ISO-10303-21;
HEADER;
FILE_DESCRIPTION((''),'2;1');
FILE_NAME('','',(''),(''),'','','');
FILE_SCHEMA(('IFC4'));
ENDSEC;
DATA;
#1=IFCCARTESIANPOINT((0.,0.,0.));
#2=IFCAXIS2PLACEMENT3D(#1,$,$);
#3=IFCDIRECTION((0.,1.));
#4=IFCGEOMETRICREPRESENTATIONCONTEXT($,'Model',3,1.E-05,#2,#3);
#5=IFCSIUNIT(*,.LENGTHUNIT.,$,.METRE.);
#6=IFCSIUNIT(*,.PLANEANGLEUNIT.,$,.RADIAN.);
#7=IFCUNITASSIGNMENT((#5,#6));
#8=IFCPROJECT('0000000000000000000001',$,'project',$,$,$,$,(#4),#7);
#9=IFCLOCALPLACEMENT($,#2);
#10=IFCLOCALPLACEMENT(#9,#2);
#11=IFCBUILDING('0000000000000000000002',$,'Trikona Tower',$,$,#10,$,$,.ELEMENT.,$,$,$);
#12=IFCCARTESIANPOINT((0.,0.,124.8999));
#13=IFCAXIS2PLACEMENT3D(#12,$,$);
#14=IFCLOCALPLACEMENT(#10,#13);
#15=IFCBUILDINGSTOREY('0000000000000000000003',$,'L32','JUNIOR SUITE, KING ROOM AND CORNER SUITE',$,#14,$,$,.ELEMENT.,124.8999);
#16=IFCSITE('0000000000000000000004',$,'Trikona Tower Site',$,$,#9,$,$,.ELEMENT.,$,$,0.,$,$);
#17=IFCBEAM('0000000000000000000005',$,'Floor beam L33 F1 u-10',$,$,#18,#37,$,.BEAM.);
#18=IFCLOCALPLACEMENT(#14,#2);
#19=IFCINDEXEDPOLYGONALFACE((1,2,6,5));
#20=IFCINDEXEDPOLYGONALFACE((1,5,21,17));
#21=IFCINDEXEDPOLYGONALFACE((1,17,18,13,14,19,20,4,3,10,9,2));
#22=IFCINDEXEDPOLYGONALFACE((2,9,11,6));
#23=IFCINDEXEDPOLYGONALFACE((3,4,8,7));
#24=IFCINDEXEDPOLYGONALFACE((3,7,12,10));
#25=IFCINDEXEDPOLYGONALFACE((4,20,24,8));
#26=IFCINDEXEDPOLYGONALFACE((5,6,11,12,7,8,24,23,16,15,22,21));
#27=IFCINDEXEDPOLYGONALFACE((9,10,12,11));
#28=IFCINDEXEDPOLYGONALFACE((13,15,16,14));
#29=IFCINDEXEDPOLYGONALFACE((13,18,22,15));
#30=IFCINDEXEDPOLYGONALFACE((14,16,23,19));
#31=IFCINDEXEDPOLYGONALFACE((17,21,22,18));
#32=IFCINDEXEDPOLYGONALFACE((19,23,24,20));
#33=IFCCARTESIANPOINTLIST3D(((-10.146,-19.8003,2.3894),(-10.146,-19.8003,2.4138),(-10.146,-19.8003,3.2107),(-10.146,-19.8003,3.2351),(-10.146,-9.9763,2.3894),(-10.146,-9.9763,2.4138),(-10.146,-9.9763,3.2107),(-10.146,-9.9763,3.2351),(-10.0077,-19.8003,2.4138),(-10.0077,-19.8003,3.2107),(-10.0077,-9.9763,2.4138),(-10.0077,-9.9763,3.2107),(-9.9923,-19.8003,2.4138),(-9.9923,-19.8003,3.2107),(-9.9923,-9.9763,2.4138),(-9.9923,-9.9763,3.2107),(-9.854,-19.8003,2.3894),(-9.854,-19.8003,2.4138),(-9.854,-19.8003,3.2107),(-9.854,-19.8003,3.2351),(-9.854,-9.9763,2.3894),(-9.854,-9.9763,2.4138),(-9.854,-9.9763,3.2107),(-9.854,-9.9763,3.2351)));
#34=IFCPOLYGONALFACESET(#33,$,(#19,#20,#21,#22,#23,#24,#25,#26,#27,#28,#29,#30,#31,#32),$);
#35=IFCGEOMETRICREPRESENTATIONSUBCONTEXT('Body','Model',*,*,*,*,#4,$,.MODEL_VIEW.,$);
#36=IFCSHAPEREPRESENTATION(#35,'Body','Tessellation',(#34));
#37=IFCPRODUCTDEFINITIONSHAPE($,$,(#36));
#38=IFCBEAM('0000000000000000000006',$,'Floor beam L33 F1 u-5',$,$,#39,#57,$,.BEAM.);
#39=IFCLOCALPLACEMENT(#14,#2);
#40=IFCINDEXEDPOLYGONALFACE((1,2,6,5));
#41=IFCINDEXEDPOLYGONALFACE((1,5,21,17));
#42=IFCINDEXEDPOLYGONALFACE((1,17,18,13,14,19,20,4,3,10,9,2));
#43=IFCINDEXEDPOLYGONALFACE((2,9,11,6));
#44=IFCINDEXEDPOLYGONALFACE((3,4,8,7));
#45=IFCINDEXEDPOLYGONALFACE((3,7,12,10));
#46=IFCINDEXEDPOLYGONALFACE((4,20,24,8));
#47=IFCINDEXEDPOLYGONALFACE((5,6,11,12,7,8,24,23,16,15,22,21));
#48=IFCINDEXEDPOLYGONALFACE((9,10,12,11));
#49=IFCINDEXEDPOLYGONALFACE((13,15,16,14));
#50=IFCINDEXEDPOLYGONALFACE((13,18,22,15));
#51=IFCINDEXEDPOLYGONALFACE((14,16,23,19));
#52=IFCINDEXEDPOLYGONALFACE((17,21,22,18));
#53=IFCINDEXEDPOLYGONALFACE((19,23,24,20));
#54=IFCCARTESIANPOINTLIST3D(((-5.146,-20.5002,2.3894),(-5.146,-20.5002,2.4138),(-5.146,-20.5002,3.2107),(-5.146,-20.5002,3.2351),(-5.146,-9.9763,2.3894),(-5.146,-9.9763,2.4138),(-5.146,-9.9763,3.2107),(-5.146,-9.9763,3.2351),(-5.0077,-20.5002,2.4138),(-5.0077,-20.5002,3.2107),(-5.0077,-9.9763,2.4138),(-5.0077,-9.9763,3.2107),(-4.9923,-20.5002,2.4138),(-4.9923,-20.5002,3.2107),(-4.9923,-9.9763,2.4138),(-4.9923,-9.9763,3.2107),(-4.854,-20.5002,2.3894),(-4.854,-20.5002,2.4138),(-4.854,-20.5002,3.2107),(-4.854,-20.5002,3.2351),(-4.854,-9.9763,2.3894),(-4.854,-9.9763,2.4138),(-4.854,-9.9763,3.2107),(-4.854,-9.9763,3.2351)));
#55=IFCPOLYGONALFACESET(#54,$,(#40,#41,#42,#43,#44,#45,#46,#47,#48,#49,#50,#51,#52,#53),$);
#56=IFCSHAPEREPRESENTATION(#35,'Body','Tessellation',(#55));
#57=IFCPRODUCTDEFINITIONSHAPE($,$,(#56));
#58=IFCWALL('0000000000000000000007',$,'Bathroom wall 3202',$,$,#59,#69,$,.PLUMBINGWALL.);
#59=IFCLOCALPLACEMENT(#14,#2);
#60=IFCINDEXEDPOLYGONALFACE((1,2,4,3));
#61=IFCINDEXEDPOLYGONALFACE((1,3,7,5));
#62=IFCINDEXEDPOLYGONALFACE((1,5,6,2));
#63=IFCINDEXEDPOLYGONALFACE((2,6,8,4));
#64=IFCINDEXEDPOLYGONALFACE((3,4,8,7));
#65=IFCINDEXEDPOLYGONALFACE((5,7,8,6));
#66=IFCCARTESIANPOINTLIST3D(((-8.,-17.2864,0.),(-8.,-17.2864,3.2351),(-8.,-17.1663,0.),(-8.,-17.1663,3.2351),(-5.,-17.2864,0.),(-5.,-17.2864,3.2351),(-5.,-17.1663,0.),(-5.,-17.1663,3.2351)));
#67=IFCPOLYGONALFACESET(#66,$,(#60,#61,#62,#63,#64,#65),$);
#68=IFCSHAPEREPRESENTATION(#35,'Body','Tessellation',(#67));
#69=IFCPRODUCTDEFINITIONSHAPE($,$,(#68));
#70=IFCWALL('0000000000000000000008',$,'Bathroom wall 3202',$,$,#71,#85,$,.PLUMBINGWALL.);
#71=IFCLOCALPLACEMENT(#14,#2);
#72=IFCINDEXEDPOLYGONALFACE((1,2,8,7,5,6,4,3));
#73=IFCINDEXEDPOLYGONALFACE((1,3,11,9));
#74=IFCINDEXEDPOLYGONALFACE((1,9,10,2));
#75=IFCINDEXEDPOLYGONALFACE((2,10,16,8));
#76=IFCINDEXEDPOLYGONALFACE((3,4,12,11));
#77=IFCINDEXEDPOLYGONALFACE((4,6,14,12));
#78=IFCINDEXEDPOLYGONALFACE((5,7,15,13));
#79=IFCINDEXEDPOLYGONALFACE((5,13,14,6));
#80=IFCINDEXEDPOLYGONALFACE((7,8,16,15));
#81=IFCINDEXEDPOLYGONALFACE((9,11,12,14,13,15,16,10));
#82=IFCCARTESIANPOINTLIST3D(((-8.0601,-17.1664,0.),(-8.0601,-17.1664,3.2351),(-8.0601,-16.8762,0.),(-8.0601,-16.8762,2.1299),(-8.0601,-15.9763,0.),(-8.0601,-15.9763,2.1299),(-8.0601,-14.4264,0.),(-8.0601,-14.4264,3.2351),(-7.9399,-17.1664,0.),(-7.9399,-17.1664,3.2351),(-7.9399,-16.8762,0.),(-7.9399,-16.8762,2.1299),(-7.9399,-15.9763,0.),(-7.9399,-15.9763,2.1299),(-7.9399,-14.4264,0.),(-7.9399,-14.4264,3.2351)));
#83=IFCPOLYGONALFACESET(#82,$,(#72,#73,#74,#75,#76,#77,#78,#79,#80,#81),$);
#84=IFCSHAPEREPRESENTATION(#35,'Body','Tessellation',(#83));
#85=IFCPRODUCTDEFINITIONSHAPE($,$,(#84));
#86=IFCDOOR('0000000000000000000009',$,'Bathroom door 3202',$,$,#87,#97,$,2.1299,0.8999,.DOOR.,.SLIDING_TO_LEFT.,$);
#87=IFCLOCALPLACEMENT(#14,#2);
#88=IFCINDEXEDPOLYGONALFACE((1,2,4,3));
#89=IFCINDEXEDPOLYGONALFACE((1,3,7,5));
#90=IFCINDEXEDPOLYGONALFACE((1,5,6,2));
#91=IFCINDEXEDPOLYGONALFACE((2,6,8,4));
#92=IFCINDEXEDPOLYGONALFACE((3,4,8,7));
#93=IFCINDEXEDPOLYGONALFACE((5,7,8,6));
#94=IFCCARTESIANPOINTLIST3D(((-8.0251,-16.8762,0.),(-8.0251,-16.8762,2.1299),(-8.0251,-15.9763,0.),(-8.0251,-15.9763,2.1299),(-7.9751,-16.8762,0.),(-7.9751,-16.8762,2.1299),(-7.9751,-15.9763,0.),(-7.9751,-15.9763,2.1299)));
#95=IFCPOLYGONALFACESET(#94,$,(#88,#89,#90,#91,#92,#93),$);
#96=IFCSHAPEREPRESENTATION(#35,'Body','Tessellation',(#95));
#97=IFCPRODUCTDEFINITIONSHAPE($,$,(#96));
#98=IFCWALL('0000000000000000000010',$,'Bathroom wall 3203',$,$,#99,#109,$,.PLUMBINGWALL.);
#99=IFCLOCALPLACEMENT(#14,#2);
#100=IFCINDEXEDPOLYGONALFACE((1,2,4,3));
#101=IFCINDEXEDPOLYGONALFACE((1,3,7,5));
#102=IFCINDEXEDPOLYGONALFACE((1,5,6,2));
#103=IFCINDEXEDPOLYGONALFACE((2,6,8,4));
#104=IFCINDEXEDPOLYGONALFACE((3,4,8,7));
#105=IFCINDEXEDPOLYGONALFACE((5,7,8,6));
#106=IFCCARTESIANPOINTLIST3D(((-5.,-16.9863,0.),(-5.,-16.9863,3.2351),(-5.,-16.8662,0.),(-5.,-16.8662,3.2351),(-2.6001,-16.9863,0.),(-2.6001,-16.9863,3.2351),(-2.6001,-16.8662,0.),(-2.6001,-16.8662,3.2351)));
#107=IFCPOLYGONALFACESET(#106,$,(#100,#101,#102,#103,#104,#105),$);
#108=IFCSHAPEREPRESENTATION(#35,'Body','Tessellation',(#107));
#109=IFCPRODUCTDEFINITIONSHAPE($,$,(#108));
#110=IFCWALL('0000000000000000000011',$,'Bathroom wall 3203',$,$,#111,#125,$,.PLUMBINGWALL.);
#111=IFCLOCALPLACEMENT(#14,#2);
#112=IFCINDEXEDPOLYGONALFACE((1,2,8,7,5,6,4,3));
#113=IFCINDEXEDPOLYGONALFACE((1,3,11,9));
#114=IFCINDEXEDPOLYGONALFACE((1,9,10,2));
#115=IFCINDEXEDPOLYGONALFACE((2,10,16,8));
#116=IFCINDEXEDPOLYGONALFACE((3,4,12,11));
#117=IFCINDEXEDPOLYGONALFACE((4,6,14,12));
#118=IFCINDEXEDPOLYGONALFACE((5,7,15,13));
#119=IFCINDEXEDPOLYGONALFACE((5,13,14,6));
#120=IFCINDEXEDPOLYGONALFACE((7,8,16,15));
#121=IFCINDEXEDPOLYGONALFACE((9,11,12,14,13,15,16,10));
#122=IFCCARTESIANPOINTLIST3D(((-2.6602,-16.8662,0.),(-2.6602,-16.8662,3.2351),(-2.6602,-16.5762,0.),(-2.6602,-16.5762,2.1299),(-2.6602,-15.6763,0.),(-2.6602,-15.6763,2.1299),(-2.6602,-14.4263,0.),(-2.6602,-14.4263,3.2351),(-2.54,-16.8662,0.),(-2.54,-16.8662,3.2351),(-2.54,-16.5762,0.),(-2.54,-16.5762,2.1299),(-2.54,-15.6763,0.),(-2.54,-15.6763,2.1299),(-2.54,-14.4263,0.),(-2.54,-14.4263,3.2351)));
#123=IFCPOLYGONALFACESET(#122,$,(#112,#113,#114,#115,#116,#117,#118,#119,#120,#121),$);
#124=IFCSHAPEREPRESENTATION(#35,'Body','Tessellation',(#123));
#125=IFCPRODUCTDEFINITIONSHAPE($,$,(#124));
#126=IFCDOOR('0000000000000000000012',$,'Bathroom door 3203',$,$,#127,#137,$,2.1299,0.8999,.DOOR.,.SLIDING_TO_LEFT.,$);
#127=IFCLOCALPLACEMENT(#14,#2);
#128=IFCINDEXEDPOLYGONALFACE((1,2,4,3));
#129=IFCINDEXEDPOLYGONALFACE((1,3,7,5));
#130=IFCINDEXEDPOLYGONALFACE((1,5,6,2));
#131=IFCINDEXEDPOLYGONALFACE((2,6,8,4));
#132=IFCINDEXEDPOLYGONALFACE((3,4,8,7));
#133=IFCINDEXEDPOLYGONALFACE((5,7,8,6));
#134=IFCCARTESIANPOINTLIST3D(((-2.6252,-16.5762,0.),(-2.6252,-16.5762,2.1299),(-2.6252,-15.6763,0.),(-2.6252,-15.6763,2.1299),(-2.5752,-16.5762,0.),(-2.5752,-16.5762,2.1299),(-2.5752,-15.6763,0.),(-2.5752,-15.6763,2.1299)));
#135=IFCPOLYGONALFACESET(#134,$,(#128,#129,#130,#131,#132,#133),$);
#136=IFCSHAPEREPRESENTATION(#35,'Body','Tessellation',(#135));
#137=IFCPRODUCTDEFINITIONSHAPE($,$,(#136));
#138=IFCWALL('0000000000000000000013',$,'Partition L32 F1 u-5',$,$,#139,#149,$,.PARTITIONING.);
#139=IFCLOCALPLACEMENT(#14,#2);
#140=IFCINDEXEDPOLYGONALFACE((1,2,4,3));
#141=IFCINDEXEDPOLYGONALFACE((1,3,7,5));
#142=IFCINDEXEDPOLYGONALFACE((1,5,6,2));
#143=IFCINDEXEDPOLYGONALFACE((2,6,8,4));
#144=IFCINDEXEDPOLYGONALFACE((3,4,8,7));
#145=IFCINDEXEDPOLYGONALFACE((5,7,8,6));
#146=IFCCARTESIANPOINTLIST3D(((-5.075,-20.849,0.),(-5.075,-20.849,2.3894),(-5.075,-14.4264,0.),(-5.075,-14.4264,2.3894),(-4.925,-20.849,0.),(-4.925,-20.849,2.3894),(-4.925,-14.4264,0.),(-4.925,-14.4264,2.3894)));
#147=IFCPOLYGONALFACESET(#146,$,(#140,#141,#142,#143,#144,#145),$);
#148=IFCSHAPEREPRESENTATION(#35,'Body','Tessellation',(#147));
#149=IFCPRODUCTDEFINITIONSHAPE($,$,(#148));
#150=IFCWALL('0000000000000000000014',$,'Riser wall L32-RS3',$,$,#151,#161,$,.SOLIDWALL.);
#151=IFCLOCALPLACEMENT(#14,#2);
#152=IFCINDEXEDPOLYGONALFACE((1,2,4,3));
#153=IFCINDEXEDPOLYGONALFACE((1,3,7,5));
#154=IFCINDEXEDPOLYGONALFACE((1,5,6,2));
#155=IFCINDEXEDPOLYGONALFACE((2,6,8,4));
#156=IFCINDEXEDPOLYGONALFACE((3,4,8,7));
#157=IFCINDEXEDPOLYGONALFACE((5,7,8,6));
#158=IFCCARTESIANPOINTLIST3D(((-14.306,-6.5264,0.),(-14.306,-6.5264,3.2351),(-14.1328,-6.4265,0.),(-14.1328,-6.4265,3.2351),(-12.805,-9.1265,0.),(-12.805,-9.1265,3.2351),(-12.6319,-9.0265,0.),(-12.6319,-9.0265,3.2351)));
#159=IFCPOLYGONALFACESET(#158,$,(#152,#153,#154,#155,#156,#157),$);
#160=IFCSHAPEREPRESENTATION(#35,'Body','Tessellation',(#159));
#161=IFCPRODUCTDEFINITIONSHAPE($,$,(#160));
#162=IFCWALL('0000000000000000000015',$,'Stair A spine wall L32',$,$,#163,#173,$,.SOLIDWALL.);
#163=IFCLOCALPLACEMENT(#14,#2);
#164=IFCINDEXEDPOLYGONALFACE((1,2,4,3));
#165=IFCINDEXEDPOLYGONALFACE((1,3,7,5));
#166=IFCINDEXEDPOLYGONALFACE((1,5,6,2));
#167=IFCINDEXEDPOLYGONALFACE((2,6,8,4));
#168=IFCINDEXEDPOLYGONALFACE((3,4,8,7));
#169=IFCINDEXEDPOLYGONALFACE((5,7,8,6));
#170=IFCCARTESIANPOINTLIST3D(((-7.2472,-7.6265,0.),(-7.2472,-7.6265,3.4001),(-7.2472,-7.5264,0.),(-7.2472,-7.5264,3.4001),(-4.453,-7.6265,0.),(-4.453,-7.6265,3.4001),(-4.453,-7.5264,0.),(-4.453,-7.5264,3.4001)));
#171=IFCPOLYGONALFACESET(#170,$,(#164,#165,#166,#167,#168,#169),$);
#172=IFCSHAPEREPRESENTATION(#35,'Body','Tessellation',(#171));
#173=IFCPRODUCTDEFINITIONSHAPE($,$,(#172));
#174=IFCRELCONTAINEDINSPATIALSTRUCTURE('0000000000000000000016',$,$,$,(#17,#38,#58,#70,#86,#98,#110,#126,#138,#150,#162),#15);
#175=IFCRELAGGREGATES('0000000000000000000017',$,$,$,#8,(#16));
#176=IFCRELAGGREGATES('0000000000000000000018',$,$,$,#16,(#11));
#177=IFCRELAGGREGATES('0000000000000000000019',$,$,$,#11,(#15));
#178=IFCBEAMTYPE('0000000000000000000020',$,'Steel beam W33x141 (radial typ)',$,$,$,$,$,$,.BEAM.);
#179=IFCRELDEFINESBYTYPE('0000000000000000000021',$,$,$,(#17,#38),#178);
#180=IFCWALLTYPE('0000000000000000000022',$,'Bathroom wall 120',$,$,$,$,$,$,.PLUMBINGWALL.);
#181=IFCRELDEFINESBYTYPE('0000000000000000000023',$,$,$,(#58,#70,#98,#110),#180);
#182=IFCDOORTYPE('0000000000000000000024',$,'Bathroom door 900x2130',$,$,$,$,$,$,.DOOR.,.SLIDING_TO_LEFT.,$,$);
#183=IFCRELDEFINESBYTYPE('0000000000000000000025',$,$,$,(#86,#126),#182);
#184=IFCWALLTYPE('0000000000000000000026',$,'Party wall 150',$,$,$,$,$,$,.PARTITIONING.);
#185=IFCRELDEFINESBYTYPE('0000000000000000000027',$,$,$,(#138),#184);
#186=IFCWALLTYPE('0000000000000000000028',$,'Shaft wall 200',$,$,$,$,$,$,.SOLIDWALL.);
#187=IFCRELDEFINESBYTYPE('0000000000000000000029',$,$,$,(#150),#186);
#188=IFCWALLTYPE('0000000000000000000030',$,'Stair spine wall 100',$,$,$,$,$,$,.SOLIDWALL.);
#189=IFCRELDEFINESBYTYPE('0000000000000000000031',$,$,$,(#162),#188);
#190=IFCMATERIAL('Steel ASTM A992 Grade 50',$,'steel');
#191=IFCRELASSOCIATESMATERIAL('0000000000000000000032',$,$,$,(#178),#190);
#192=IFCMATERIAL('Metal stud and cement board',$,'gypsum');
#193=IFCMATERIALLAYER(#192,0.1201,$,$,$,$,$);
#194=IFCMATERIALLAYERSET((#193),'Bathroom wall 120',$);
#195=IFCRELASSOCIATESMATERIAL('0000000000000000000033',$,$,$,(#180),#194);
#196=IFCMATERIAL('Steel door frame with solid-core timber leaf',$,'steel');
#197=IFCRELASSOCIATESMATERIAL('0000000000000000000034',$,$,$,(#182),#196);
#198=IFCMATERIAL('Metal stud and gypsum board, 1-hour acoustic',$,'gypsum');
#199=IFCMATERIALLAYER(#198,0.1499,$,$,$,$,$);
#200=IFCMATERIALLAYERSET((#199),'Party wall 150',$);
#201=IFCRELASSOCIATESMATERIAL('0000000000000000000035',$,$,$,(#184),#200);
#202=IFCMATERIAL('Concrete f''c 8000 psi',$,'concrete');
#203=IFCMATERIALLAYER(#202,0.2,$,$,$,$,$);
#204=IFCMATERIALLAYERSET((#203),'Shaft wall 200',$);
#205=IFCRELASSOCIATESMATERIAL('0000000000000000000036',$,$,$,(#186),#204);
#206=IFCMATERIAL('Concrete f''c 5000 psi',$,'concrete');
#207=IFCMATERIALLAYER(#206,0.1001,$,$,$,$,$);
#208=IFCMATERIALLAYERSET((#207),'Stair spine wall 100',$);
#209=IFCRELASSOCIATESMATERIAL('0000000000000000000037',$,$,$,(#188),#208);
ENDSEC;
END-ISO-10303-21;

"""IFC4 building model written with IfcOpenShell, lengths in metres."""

from ifc_helpers import new_model, si_unit, direction, frame, frame_2d, origin, origin_2d, place, context, subcontext, project, spatial, rectangle, i_section, extrude, material, layer, layer_set, material_profile, profile_set, type_object, element, fill, save


model = new_model("IFC4")

# Units and contexts
model_context = context("Model", 3, precision=1e-05, world=origin(), true_north=direction((0.0, 1.0)))
body_context = subcontext(model_context, "Body", "Model", "MODEL_VIEW")
ifc_project = project(units=[si_unit("LENGTHUNIT", "METRE"), si_unit("PLANEANGLEUNIT", "RADIAN")], contexts=[model_context])

# Site, building, storey
site_placement = place(None, origin())
site = spatial("IfcSite", under=ifc_project, at=site_placement, Name="Trikona Tower Site", CompositionType="ELEMENT", RefElevation=0.0)
building_placement = place(site_placement, origin())
building = spatial("IfcBuilding", under=site, at=building_placement, Name="Trikona Tower", CompositionType="ELEMENT")
storey_placement = place(building_placement, frame((0.0, 0.0, 124.8999)))
storey = spatial("IfcBuildingStorey", under=building, at=storey_placement, Name="L32", Description="JUNIOR SUITE, KING ROOM AND CORNER SUITE", CompositionType="ELEMENT", Elevation=124.8999)

# Beams
ifc_material_1 = material(Name="Steel ASTM A992 Grade 50", Category="steel")
ifc_material_profile = material_profile(ifc_material_1, i_section(OverallWidth=0.292, OverallDepth=0.8457, WebThickness=0.0154, FlangeThickness=0.0244, at=origin_2d()), Name="W33X141")
ifc_profile_set = profile_set([ifc_material_profile], Name="Steel ASTM A992 Grade 50")
beam_type = type_object("IfcBeamType", Name="Steel beam W33x141 (radial typ)", PredefinedType="BEAM", material=ifc_profile_set)
beam_1_placement = place(storey_placement, frame((-10.0, -9.9763, 2.8123), z_axis=(0.0, -1.0, 0.0), x_axis=(1.0, 0.0, 0.0)))
element("IfcBeam", 1, at=beam_1_placement, inside=storey, type_object=beam_type, Name="Floor beam L33 F1 u-10", PredefinedType="BEAM", context=body_context, shape_type="SweptSolid", body=[
    extrude(i_section(OverallWidth=0.292, OverallDepth=0.8457, WebThickness=0.0154, FlangeThickness=0.0244, at=origin_2d()), origin(), (0.0, 0.0, 1.0), 9.824),
])
beam_2_placement = place(storey_placement, frame((-5.0, -9.9763, 2.8123), z_axis=(0.0, -1.0, 0.0), x_axis=(1.0, 0.0, 0.0)))
element("IfcBeam", 2, at=beam_2_placement, inside=storey, type_object=beam_type, Name="Floor beam L33 F1 u-5", PredefinedType="BEAM", context=body_context, shape_type="SweptSolid", body=[
    extrude(i_section(OverallWidth=0.292, OverallDepth=0.8457, WebThickness=0.0154, FlangeThickness=0.0244, at=origin_2d()), origin(), (0.0, 0.0, 1.0), 10.5239),
])

# Wall
ifc_material_2 = material(Name="Metal stud and cement board", Category="gypsum")
ifc_layer_1 = layer(ifc_material_2, 0.1201)
ifc_layer_set_1 = layer_set([ifc_layer_1], Name="Bathroom wall 120")
wall_type_1 = type_object("IfcWallType", Name="Bathroom wall 120", PredefinedType="PLUMBINGWALL", material=ifc_layer_set_1)
wall_1_placement = place(storey_placement, frame((-8.0, -17.2263, 0.0), z_axis=(0.0, 0.0, 1.0), x_axis=(1.0, 0.0, 0.0)))
element("IfcWall", 3, at=wall_1_placement, inside=storey, type_object=wall_type_1, Name="Bathroom wall 3202", PredefinedType="PLUMBINGWALL", context=body_context, shape_type="SweptSolid", body=[
    extrude(rectangle(XDim=3.0, YDim=0.1201, at=frame_2d((1.5, 0.0))), origin(), (0.0, 0.0, 1.0), 3.2351),
])

# Wall, opening, door
wall_2_placement = place(storey_placement, frame((-8.0, -14.4263, 0.0), z_axis=(0.0, 0.0, 1.0), x_axis=(0.0, -1.0, 0.0)))
wall_2 = element("IfcWall", 4, at=wall_2_placement, inside=storey, type_object=wall_type_1, Name="Bathroom wall 3202", PredefinedType="PLUMBINGWALL", context=body_context, shape_type="SweptSolid", body=[
    extrude(rectangle(XDim=2.74, YDim=0.1201, at=frame_2d((1.3701, 0.0))), origin(), (0.0, 0.0, 1.0), 3.2351),
])
opening_1_placement = place(wall_2_placement, frame((1.55, 0.0, 0.0)))
opening_1 = element("IfcOpeningElement", 5, at=opening_1_placement, cuts=wall_2, PredefinedType="OPENING", context=body_context, shape_type="SweptSolid", body=[
    extrude(rectangle(XDim=0.8999, YDim=2.1299, at=frame_2d((0.45, 1.0649))), frame((0.0, 0.0701, 0.0), z_axis=(0.0, -1.0, 0.0), x_axis=(1.0, 0.0, 0.0)), (0.0, 0.0, 1.0), 0.1401),
])
ifc_material_3 = material(Name="Steel door frame with solid-core timber leaf", Category="steel")
door_type_1 = type_object("IfcDoorType", Name="Bathroom door 900x2130", OperationType="SLIDING_TO_LEFT", PredefinedType="DOOR", material=ifc_material_3)
door_1_placement = place(opening_1_placement, origin())
door_1 = element("IfcDoor", 6, at=door_1_placement, inside=storey, type_object=door_type_1, Name="Bathroom door 3202", OperationType="SLIDING_TO_LEFT", OverallHeight=2.1299, OverallWidth=0.8999, PredefinedType="DOOR", context=body_context, shape_type="SweptSolid", body=[
    extrude(rectangle(XDim=0.8999, YDim=2.1299, at=frame_2d((0.45, 1.0649))), frame((0.0, 0.0249, 0.0), z_axis=(0.0, -1.0, 0.0), x_axis=(1.0, 0.0, 0.0)), (0.0, 0.0, 1.0), 0.05),
])
fill(opening_1, door_1)

# Wall
wall_3_placement = place(storey_placement, frame((-5.0, -16.9263, 0.0), z_axis=(0.0, 0.0, 1.0), x_axis=(1.0, 0.0, 0.0)))
element("IfcWall", 7, at=wall_3_placement, inside=storey, type_object=wall_type_1, Name="Bathroom wall 3203", PredefinedType="PLUMBINGWALL", context=body_context, shape_type="SweptSolid", body=[
    extrude(rectangle(XDim=2.3999, YDim=0.1201, at=frame_2d((1.2, 0.0))), origin(), (0.0, 0.0, 1.0), 3.2351),
])

# Wall, opening, door
wall_4_placement = place(storey_placement, frame((-2.6001, -14.4263, 0.0), z_axis=(0.0, 0.0, 1.0), x_axis=(0.0, -1.0, 0.0)))
wall_4 = element("IfcWall", 8, at=wall_4_placement, inside=storey, type_object=wall_type_1, Name="Bathroom wall 3203", PredefinedType="PLUMBINGWALL", context=body_context, shape_type="SweptSolid", body=[
    extrude(rectangle(XDim=2.4399, YDim=0.1201, at=frame_2d((1.22, 0.0))), origin(), (0.0, 0.0, 1.0), 3.2351),
])
opening_2_placement = place(wall_4_placement, frame((1.25, 0.0, 0.0)))
opening_2 = element("IfcOpeningElement", 9, at=opening_2_placement, cuts=wall_4, PredefinedType="OPENING", context=body_context, shape_type="SweptSolid", body=[
    extrude(rectangle(XDim=0.8999, YDim=2.1299, at=frame_2d((0.45, 1.0649))), frame((0.0, 0.0701, 0.0), z_axis=(0.0, -1.0, 0.0), x_axis=(1.0, 0.0, 0.0)), (0.0, 0.0, 1.0), 0.1401),
])
door_2_placement = place(opening_2_placement, origin())
door_2 = element("IfcDoor", 10, at=door_2_placement, inside=storey, type_object=door_type_1, Name="Bathroom door 3203", OperationType="SLIDING_TO_LEFT", OverallHeight=2.1299, OverallWidth=0.8999, PredefinedType="DOOR", context=body_context, shape_type="SweptSolid", body=[
    extrude(rectangle(XDim=0.8999, YDim=2.1299, at=frame_2d((0.45, 1.0649))), frame((0.0, 0.0249, 0.0), z_axis=(0.0, -1.0, 0.0), x_axis=(1.0, 0.0, 0.0)), (0.0, 0.0, 1.0), 0.05),
])
fill(opening_2, door_2)

# Walls
ifc_material_4 = material(Name="Metal stud and gypsum board, 1-hour acoustic", Category="gypsum")
ifc_layer_2 = layer(ifc_material_4, 0.1499)
ifc_layer_set_2 = layer_set([ifc_layer_2], Name="Party wall 150")
wall_type_2 = type_object("IfcWallType", Name="Party wall 150", PredefinedType="PARTITIONING", material=ifc_layer_set_2)
wall_5_placement = place(storey_placement, frame((-5.0, -14.4263, 0.0), z_axis=(0.0, 0.0, 1.0), x_axis=(0.0, -1.0, 0.0)))
element("IfcWall", 11, at=wall_5_placement, inside=storey, type_object=wall_type_2, Name="Partition L32 F1 u-5", PredefinedType="PARTITIONING", context=body_context, shape_type="SweptSolid", body=[
    extrude(rectangle(XDim=6.4226, YDim=0.1499, at=frame_2d((3.2114, 0.0))), origin(), (0.0, 0.0, 1.0), 2.3894),
])
ifc_material_5 = material(Name="Concrete f'c 8000 psi", Category="concrete")
ifc_layer_3 = layer(ifc_material_5, 0.2)
ifc_layer_set_3 = layer_set([ifc_layer_3], Name="Shaft wall 200")
wall_type_3 = type_object("IfcWallType", Name="Shaft wall 200", PredefinedType="SOLIDWALL", material=ifc_layer_set_3)
wall_6_placement = place(storey_placement, frame((-12.7185, -9.0764, 0.0), z_axis=(0.0, 0.0, 1.0), x_axis=(-0.499952, 0.866053, 0.0)))
element("IfcWall", 12, at=wall_6_placement, inside=storey, type_object=wall_type_3, Name="Riser wall L32-RS3", PredefinedType="SOLIDWALL", context=body_context, shape_type="SweptSolid", body=[
    extrude(rectangle(XDim=3.0022, YDim=0.2, at=frame_2d((1.501, 0.0))), origin(), (0.0, 0.0, 1.0), 3.2351),
])
ifc_material_6 = material(Name="Concrete f'c 5000 psi", Category="concrete")
ifc_layer_4 = layer(ifc_material_6, 0.1001)
ifc_layer_set_4 = layer_set([ifc_layer_4], Name="Stair spine wall 100")
wall_type_4 = type_object("IfcWallType", Name="Stair spine wall 100", PredefinedType="SOLIDWALL", material=ifc_layer_set_4)
wall_7_placement = place(storey_placement, frame((-7.2471, -7.5764, 0.0), z_axis=(0.0, 0.0, 1.0), x_axis=(1.0, 0.0, 0.0)))
element("IfcWall", 13, at=wall_7_placement, inside=storey, type_object=wall_type_4, Name="Stair A spine wall L32", PredefinedType="SOLIDWALL", context=body_context, shape_type="SweptSolid", body=[
    extrude(rectangle(XDim=2.7942, YDim=0.1001, at=frame_2d((1.397, 0.0))), origin(), (0.0, 0.0, 1.0), 3.4001),
])

save(model, "model.ifc")
